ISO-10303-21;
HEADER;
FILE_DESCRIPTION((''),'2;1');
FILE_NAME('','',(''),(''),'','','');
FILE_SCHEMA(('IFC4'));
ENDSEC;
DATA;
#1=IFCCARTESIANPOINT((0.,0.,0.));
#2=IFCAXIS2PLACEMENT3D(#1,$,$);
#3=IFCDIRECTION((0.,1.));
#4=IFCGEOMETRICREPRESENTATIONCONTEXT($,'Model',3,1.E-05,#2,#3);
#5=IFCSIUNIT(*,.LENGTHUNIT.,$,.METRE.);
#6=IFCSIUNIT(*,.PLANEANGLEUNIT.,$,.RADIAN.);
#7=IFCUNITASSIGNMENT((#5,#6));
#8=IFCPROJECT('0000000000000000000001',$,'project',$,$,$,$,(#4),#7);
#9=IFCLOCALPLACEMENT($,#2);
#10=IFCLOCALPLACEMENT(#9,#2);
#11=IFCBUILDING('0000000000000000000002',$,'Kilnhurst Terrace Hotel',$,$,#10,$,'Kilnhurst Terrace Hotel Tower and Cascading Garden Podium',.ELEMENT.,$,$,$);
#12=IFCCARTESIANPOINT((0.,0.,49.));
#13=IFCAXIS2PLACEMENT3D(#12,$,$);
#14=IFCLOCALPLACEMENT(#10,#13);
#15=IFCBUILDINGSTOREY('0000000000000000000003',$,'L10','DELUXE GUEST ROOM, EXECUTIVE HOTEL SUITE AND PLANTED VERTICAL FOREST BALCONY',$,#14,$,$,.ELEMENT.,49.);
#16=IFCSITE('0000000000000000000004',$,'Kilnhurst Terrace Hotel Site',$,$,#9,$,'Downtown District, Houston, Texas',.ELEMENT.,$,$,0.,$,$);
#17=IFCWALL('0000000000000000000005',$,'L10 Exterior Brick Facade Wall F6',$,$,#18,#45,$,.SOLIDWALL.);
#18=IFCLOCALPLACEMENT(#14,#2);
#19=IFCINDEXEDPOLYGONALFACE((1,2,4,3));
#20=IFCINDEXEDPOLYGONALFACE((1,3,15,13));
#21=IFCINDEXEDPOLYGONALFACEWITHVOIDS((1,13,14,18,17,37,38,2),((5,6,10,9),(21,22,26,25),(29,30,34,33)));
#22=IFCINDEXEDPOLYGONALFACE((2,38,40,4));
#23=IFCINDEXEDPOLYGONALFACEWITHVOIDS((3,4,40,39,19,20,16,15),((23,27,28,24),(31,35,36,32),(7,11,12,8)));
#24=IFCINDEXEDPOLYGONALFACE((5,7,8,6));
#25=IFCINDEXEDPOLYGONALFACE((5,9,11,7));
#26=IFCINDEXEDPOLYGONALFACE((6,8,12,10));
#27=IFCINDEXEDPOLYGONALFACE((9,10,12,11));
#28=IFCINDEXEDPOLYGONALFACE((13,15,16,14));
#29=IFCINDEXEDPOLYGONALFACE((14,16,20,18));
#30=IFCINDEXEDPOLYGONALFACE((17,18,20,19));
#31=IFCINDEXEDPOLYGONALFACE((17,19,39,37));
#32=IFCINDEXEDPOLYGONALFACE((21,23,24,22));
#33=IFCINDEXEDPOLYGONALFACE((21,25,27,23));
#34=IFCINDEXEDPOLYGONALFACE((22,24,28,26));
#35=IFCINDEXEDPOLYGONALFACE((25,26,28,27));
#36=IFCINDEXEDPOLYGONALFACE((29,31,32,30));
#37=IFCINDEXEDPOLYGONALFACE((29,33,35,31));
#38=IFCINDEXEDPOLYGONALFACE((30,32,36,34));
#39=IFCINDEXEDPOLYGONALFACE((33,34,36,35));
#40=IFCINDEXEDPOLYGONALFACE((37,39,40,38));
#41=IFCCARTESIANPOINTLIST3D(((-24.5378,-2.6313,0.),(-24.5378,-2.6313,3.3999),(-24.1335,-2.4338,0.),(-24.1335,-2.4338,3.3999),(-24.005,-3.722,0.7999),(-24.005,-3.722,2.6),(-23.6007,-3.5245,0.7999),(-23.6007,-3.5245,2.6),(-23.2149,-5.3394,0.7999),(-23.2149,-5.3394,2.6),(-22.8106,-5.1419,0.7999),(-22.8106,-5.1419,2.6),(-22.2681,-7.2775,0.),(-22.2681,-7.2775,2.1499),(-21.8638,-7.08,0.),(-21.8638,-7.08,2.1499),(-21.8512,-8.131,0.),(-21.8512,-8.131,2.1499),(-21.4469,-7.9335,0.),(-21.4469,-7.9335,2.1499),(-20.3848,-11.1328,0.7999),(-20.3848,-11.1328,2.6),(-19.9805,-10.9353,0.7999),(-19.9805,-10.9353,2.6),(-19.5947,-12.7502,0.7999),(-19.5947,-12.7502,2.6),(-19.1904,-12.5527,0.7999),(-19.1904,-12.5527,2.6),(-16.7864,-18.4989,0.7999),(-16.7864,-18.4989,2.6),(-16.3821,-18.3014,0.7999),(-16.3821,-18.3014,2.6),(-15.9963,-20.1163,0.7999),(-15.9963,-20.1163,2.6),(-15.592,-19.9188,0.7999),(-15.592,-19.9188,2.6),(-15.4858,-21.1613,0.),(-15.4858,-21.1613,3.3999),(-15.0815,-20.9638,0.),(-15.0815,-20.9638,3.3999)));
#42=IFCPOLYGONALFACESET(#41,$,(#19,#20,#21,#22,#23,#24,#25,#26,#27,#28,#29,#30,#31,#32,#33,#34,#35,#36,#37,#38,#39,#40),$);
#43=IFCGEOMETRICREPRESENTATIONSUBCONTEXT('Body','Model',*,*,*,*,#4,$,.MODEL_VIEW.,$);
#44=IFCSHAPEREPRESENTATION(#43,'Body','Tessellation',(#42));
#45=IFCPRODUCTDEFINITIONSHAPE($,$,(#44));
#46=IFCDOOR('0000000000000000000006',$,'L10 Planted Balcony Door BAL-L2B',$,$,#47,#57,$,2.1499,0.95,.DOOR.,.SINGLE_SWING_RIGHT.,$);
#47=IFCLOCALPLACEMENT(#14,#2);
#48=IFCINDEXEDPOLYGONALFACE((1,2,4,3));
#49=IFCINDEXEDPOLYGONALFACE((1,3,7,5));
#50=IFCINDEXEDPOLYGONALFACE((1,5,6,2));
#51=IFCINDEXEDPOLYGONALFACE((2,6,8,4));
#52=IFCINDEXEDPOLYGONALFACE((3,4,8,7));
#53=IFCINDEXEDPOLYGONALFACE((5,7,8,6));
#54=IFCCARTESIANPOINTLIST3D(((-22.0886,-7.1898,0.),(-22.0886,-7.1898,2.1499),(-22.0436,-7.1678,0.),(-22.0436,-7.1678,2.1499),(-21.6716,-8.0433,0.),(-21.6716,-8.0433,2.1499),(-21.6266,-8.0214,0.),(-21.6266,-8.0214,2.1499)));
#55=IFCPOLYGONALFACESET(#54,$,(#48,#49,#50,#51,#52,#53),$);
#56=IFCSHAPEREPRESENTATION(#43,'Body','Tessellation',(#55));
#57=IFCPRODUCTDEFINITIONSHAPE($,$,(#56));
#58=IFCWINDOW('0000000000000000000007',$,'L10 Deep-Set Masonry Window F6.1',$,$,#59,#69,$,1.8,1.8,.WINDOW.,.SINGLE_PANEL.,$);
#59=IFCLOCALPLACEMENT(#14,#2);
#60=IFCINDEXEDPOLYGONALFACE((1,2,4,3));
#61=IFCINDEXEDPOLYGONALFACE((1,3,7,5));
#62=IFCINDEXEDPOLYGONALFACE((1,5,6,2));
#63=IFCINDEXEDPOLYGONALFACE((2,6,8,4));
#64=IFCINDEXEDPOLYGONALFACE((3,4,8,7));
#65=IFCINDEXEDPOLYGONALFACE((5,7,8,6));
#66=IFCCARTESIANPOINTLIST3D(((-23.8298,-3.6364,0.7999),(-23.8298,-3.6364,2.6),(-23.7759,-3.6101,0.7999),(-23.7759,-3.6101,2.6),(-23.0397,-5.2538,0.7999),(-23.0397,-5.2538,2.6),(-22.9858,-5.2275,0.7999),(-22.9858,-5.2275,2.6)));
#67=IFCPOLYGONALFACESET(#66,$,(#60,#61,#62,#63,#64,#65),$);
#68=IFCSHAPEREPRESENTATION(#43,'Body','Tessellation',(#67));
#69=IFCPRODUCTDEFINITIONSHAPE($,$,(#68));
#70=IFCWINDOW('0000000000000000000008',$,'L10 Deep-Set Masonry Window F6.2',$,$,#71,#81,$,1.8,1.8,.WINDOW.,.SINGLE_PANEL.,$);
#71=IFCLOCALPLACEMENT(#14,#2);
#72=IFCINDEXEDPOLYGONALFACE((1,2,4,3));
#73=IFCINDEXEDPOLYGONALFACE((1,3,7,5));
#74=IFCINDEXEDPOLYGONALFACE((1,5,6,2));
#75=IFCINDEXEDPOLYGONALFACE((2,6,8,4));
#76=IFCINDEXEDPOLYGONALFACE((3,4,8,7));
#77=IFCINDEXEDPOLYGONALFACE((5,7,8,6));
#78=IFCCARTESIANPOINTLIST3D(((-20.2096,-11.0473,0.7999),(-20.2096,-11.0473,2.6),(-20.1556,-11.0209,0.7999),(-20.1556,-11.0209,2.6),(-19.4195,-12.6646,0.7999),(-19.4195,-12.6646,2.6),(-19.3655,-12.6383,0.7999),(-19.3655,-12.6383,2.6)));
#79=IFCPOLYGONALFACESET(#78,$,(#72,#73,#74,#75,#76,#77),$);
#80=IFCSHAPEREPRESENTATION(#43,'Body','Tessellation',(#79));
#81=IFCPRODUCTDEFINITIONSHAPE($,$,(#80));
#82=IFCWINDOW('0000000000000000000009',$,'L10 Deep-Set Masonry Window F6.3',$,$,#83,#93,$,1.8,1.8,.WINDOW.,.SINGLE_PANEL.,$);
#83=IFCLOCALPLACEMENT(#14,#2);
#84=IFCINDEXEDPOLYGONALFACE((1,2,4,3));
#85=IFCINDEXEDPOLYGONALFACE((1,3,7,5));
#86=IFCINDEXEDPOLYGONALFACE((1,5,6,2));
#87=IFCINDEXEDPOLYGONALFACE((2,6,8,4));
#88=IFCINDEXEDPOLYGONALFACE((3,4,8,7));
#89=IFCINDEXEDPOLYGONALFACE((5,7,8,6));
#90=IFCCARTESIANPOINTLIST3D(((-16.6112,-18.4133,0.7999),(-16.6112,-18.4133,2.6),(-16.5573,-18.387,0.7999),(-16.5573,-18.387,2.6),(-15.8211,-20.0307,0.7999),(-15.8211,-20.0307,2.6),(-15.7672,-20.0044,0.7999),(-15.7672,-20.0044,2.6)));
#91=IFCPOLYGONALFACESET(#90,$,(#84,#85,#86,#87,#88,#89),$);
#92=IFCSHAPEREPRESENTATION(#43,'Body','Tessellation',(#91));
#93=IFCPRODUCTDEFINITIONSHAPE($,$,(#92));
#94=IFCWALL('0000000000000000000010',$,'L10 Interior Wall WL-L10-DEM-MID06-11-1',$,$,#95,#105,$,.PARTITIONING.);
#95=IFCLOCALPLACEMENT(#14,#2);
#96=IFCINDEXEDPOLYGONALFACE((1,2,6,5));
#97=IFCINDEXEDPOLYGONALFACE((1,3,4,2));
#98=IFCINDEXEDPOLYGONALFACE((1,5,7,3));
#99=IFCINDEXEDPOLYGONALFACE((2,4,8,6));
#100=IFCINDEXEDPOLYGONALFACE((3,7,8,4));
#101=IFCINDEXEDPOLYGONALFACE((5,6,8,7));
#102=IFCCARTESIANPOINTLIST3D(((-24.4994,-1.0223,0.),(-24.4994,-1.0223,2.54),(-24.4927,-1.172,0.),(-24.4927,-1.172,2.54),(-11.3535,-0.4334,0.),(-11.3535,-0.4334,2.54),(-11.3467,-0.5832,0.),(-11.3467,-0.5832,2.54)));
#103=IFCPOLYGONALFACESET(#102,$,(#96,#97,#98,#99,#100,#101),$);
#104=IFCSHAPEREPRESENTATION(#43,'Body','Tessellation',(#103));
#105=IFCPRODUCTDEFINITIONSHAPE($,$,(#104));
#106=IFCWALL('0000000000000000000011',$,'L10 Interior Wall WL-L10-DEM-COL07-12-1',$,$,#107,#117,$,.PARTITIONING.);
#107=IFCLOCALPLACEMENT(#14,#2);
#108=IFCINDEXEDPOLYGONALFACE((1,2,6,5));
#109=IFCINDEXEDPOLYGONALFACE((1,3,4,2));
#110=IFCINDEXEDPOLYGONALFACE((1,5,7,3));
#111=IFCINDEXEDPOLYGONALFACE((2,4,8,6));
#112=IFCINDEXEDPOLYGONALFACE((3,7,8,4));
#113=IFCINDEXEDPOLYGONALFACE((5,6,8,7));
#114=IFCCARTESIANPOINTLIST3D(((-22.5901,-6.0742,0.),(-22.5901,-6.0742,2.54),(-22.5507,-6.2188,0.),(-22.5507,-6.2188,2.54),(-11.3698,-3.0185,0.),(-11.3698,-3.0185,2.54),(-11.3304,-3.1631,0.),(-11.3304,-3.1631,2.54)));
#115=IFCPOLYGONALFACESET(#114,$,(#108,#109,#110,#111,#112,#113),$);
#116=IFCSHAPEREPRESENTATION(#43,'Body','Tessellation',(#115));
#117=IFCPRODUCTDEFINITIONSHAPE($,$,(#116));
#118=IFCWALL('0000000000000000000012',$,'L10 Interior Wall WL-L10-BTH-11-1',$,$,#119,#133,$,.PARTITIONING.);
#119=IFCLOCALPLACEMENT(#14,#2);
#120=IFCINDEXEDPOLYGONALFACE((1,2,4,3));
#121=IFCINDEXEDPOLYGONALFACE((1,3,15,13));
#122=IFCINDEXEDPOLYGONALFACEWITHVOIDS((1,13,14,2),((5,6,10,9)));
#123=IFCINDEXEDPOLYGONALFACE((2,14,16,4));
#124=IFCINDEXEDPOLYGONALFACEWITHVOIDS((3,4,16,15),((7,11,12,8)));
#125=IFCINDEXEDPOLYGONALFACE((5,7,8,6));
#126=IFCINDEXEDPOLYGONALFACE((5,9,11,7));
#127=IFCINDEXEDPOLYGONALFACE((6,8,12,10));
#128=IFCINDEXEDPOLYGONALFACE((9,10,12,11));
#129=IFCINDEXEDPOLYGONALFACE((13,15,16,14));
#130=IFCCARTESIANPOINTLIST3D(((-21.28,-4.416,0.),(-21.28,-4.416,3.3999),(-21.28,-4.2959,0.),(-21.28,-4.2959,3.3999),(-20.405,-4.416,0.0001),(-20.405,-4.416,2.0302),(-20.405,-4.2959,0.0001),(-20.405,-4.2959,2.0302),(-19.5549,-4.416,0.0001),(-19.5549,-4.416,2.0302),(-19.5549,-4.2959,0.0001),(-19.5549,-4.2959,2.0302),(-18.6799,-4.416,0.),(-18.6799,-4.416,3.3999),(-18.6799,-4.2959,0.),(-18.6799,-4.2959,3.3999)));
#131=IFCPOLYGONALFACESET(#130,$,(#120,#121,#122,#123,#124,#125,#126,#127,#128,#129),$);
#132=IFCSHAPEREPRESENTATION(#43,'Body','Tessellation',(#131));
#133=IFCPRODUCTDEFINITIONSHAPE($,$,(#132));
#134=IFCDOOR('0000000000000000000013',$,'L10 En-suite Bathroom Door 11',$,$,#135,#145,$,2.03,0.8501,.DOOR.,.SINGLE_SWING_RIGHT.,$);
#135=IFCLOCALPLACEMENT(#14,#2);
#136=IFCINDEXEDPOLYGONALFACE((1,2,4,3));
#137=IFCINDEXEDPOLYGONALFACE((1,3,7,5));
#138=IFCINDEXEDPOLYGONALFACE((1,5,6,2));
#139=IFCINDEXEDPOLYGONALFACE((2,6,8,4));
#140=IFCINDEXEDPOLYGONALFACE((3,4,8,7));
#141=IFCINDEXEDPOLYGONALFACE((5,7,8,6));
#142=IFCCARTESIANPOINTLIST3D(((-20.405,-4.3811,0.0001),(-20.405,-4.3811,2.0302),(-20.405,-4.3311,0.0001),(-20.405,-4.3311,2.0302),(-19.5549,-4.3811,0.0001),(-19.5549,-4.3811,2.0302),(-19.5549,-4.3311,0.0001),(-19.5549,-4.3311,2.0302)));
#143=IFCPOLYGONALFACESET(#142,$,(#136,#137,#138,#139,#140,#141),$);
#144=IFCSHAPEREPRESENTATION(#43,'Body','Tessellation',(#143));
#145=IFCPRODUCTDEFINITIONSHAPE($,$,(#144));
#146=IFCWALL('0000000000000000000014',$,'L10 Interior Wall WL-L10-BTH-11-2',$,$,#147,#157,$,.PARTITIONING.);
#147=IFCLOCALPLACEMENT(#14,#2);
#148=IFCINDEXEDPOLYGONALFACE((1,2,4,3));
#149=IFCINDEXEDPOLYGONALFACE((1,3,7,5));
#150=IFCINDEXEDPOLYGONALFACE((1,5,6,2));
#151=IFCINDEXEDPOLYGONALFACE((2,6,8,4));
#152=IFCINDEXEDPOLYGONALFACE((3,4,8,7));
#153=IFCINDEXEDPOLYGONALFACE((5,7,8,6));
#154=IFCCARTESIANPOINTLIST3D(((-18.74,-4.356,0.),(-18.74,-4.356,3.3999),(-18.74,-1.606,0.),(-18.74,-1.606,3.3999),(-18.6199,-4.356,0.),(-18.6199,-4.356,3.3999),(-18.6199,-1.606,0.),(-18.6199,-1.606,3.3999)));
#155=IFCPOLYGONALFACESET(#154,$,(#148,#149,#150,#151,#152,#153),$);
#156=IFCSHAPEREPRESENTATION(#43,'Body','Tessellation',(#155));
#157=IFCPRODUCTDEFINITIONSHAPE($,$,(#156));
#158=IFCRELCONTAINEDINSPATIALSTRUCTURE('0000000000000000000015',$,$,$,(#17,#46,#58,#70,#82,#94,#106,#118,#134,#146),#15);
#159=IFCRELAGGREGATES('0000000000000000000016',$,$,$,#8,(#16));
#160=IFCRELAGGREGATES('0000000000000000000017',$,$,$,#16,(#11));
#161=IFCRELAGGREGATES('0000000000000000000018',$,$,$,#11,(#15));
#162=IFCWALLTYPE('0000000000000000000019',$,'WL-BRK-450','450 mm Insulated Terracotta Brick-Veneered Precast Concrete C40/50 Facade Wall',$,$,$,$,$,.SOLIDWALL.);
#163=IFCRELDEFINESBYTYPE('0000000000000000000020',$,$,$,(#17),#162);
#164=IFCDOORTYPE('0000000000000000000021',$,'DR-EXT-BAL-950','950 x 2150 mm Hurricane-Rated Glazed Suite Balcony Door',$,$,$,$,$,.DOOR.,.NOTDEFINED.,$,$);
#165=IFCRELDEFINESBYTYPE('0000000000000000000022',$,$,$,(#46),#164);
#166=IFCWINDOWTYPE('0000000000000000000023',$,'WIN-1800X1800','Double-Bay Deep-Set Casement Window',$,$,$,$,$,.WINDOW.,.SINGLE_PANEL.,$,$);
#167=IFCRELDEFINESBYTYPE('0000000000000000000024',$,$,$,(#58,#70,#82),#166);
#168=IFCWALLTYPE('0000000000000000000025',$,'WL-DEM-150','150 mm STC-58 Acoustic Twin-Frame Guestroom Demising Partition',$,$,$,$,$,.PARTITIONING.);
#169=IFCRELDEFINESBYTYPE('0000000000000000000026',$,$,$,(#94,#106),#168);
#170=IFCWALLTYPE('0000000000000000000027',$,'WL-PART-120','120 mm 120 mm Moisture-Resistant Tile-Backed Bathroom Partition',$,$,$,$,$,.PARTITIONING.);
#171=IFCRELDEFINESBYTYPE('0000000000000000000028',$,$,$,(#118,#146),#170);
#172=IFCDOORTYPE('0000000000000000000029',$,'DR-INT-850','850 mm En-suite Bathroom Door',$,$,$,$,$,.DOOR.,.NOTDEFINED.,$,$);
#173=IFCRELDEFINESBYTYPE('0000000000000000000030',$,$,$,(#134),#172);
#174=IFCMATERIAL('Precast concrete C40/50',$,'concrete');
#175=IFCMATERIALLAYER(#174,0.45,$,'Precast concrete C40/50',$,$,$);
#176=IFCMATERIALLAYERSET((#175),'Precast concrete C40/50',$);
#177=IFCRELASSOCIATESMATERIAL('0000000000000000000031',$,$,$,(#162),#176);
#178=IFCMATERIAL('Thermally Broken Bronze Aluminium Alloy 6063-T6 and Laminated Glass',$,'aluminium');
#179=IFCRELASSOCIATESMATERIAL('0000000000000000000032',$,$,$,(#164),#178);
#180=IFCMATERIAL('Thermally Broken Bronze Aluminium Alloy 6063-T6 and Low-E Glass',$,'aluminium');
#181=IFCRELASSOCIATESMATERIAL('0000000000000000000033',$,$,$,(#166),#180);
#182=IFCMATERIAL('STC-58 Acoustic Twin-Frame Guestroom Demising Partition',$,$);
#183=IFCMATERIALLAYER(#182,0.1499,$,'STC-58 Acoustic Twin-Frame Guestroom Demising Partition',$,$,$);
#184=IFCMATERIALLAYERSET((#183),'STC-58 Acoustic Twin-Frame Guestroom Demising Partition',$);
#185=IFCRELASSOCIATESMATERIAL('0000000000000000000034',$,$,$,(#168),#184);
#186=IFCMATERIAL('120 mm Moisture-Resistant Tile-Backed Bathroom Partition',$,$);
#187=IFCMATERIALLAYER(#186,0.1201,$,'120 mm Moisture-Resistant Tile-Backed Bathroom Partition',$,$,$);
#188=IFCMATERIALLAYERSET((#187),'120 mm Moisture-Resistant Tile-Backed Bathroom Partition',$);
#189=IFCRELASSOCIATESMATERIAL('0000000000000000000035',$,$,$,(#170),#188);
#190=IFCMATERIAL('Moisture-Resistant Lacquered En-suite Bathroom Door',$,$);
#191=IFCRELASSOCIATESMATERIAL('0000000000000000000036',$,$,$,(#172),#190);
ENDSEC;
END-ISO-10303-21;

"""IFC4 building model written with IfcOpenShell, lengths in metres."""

from ifc_helpers import new_model, si_unit, direction, frame, frame_2d, origin, place, context, subcontext, project, spatial, rectangle, extrude, material, layer, layer_set, type_object, element, fill, save


model = new_model("IFC4")

# Units and contexts
model_context = context("Model", 3, precision=1e-05, world=origin(), true_north=direction((0.0, 1.0)))
body_context = subcontext(model_context, "Body", "Model", "MODEL_VIEW")
ifc_project = project(units=[si_unit("LENGTHUNIT", "METRE"), si_unit("PLANEANGLEUNIT", "RADIAN")], contexts=[model_context])

# Site, building, storey
site_placement = place(None, origin())
site = spatial("IfcSite", under=ifc_project, at=site_placement, Name="Kilnhurst Terrace Hotel Site", LongName="Downtown District, Houston, Texas", CompositionType="ELEMENT", RefElevation=0.0)
building_placement = place(site_placement, origin())
building = spatial("IfcBuilding", under=site, at=building_placement, Name="Kilnhurst Terrace Hotel", LongName="Kilnhurst Terrace Hotel Tower and Cascading Garden Podium", CompositionType="ELEMENT")
storey_placement = place(building_placement, frame((0.0, 0.0, 49.0)))
storey = spatial("IfcBuildingStorey", under=building, at=storey_placement, Name="L10", Description="DELUXE GUEST ROOM, EXECUTIVE HOTEL SUITE AND PLANTED VERTICAL FOREST BALCONY", CompositionType="ELEMENT", Elevation=49.0)

# Shared definitions
ifc_material_1 = material(Name="Precast concrete C40/50", Category="concrete")
ifc_layer_1 = layer(ifc_material_1, 0.45, Name="Precast concrete C40/50")
ifc_layer_set_1 = layer_set([ifc_layer_1], Name="Precast concrete C40/50")
wall_type_1 = type_object("IfcWallType", Name="WL-BRK-450", Description="450 mm Insulated Terracotta Brick-Veneered Precast Concrete C40/50 Facade Wall", PredefinedType="SOLIDWALL", material=ifc_layer_set_1)

# Wall, openings, door, windows
wall_1_placement = place(storey_placement, frame((-24.3357, -2.5325, 0.0), z_axis=(0.0, 0.0, 1.0), x_axis=(0.438931, -0.898521, 0.0)))
wall_1 = element("IfcWall", 1, at=wall_1_placement, inside=storey, type_object=wall_type_1, Name="L10 Exterior Brick Facade Wall F6", PredefinedType="SOLIDWALL", context=body_context, shape_type="SweptSolid", body=[
    extrude(rectangle(XDim=20.6228, YDim=0.45, at=frame_2d((10.3115, 0.0))), origin(), (0.0, 0.0, 1.0), 3.3999),
])
opening_1_placement = place(wall_1_placement, frame((5.1709, 0.0, 0.0)))
opening_1 = element("IfcOpeningElement", 2, at=opening_1_placement, cuts=wall_1, PredefinedType="OPENING", context=body_context, shape_type="SweptSolid", body=[
    extrude(rectangle(XDim=0.95, YDim=2.1499, at=frame_2d((0.4751, 1.075))), frame((0.0, 0.2349, 0.0), z_axis=(0.0, -1.0, 0.0), x_axis=(1.0, 0.0, 0.0)), (0.0, 0.0, 1.0), 0.47),
])
opening_2_placement = place(wall_1_placement, frame((1.2141, 0.0, 0.8)))
opening_2 = element("IfcOpeningElement", 3, at=opening_2_placement, cuts=wall_1, PredefinedType="OPENING", context=body_context, shape_type="SweptSolid", body=[
    extrude(rectangle(XDim=1.8, YDim=1.8, at=frame_2d((0.8999, 0.8999))), frame((0.0, 0.2349, 0.0), z_axis=(0.0, -1.0, 0.0), x_axis=(1.0, 0.0, 0.0)), (0.0, 0.0, 1.0), 0.47),
])
opening_3_placement = place(wall_1_placement, frame((9.4619, 0.0, 0.8)))
opening_3 = element("IfcOpeningElement", 4, at=opening_3_placement, cuts=wall_1, PredefinedType="OPENING", context=body_context, shape_type="SweptSolid", body=[
    extrude(rectangle(XDim=1.8, YDim=1.8, at=frame_2d((0.8999, 0.8999))), frame((0.0, 0.2349, 0.0), z_axis=(0.0, -1.0, 0.0), x_axis=(1.0, 0.0, 0.0)), (0.0, 0.0, 1.0), 0.47),
])
opening_4_placement = place(wall_1_placement, frame((17.6599, 0.0, 0.8)))
opening_4 = element("IfcOpeningElement", 5, at=opening_4_placement, cuts=wall_1, PredefinedType="OPENING", context=body_context, shape_type="SweptSolid", body=[
    extrude(rectangle(XDim=1.8, YDim=1.8, at=frame_2d((0.8999, 0.8999))), frame((0.0, 0.2349, 0.0), z_axis=(0.0, -1.0, 0.0), x_axis=(1.0, 0.0, 0.0)), (0.0, 0.0, 1.0), 0.47),
])
ifc_material_2 = material(Name="Thermally Broken Bronze Aluminium Alloy 6063-T6 and Laminated Glass", Category="aluminium")
door_type_1 = type_object("IfcDoorType", Name="DR-EXT-BAL-950", Description="950 x 2150 mm Hurricane-Rated Glazed Suite Balcony Door", OperationType="NOTDEFINED", PredefinedType="DOOR", material=ifc_material_2)
door_1_placement = place(opening_1_placement, origin())
door_1 = element("IfcDoor", 6, at=door_1_placement, inside=storey, type_object=door_type_1, Name="L10 Planted Balcony Door BAL-L2B", OperationType="SINGLE_SWING_RIGHT", OverallHeight=2.1499, OverallWidth=0.95, PredefinedType="DOOR", context=body_context, shape_type="SweptSolid", body=[
    extrude(rectangle(XDim=0.95, YDim=2.1499, at=frame_2d((0.4751, 1.075))), frame((0.0, 0.0249, 0.0), z_axis=(0.0, -1.0, 0.0), x_axis=(1.0, 0.0, 0.0)), (0.0, 0.0, 1.0), 0.05),
])
fill(opening_1, door_1)
ifc_material_3 = material(Name="Thermally Broken Bronze Aluminium Alloy 6063-T6 and Low-E Glass", Category="aluminium")
window_type = type_object("IfcWindowType", Name="WIN-1800X1800", Description="Double-Bay Deep-Set Casement Window", PartitioningType="SINGLE_PANEL", PredefinedType="WINDOW", material=ifc_material_3)
window_1_placement = place(opening_2_placement, origin())
window_1 = element("IfcWindow", 7, at=window_1_placement, inside=storey, type_object=window_type, Name="L10 Deep-Set Masonry Window F6.1", OverallHeight=1.8, OverallWidth=1.8, PartitioningType="SINGLE_PANEL", PredefinedType="WINDOW", context=body_context, shape_type="SweptSolid", body=[
    extrude(rectangle(XDim=1.8, YDim=1.8, at=frame_2d((0.8999, 0.8999))), frame((0.0, 0.03, 0.0), z_axis=(0.0, -1.0, 0.0), x_axis=(1.0, 0.0, 0.0)), (0.0, 0.0, 1.0), 0.0601),
])
fill(opening_2, window_1)
window_2_placement = place(opening_3_placement, origin())
window_2 = element("IfcWindow", 8, at=window_2_placement, inside=storey, type_object=window_type, Name="L10 Deep-Set Masonry Window F6.2", OverallHeight=1.8, OverallWidth=1.8, PartitioningType="SINGLE_PANEL", PredefinedType="WINDOW", context=body_context, shape_type="SweptSolid", body=[
    extrude(rectangle(XDim=1.8, YDim=1.8, at=frame_2d((0.8999, 0.8999))), frame((0.0, 0.03, 0.0), z_axis=(0.0, -1.0, 0.0), x_axis=(1.0, 0.0, 0.0)), (0.0, 0.0, 1.0), 0.0601),
])
fill(opening_3, window_2)
window_3_placement = place(opening_4_placement, origin())
window_3 = element("IfcWindow", 9, at=window_3_placement, inside=storey, type_object=window_type, Name="L10 Deep-Set Masonry Window F6.3", OverallHeight=1.8, OverallWidth=1.8, PartitioningType="SINGLE_PANEL", PredefinedType="WINDOW", context=body_context, shape_type="SweptSolid", body=[
    extrude(rectangle(XDim=1.8, YDim=1.8, at=frame_2d((0.8999, 0.8999))), frame((0.0, 0.03, 0.0), z_axis=(0.0, -1.0, 0.0), x_axis=(1.0, 0.0, 0.0)), (0.0, 0.0, 1.0), 0.0601),
])
fill(opening_4, window_3)

# Walls
ifc_material_4 = material(Name="STC-58 Acoustic Twin-Frame Guestroom Demising Partition")
ifc_layer_2 = layer(ifc_material_4, 0.1499, Name="STC-58 Acoustic Twin-Frame Guestroom Demising Partition")
ifc_layer_set_2 = layer_set([ifc_layer_2], Name="STC-58 Acoustic Twin-Frame Guestroom Demising Partition")
wall_type_2 = type_object("IfcWallType", Name="WL-DEM-150", Description="150 mm STC-58 Acoustic Twin-Frame Guestroom Demising Partition", PredefinedType="PARTITIONING", material=ifc_layer_set_2)
wall_2_placement = place(storey_placement, frame((-11.3501, -0.5083, 0.0), z_axis=(0.0, 0.0, 1.0), x_axis=(-0.998998, -0.04475, 0.0)))
element("IfcWall", 10, at=wall_2_placement, inside=storey, type_object=wall_type_2, Name="L10 Interior Wall WL-L10-DEM-MID06-11-1", PredefinedType="PARTITIONING", context=body_context, shape_type="SweptSolid", body=[
    extrude(rectangle(XDim=13.1592, YDim=0.1499, at=frame_2d((6.5796, 0.0))), origin(), (0.0, 0.0, 1.0), 2.54),
])
wall_3_placement = place(storey_placement, frame((-11.3501, -3.0908, 0.0), z_axis=(0.0, 0.0, 1.0), x_axis=(-0.96486, -0.262766, 0.0)))
element("IfcWall", 11, at=wall_3_placement, inside=storey, type_object=wall_type_2, Name="L10 Interior Wall WL-L10-DEM-COL07-12-1", PredefinedType="PARTITIONING", context=body_context, shape_type="SweptSolid", body=[
    extrude(rectangle(XDim=11.6289, YDim=0.1499, at=frame_2d((5.8145, 0.0))), origin(), (0.0, 0.0, 1.0), 2.54),
])

# Wall, opening, door
ifc_material_5 = material(Name="120 mm Moisture-Resistant Tile-Backed Bathroom Partition")
ifc_layer_3 = layer(ifc_material_5, 0.1201, Name="120 mm Moisture-Resistant Tile-Backed Bathroom Partition")
ifc_layer_set_3 = layer_set([ifc_layer_3], Name="120 mm Moisture-Resistant Tile-Backed Bathroom Partition")
wall_type_3 = type_object("IfcWallType", Name="WL-PART-120", Description="120 mm 120 mm Moisture-Resistant Tile-Backed Bathroom Partition", PredefinedType="PARTITIONING", material=ifc_layer_set_3)
wall_4_placement = place(storey_placement, frame((-21.28, -4.356, 0.0), z_axis=(0.0, 0.0, 1.0), x_axis=(1.0, 0.0, 0.0)))
wall_4 = element("IfcWall", 12, at=wall_4_placement, inside=storey, type_object=wall_type_3, Name="L10 Interior Wall WL-L10-BTH-11-1", PredefinedType="PARTITIONING", context=body_context, shape_type="SweptSolid", body=[
    extrude(rectangle(XDim=2.6001, YDim=0.1201, at=frame_2d((1.3, 0.0))), origin(), (0.0, 0.0, 1.0), 3.3999),
])
opening_5_placement = place(wall_4_placement, frame((0.875, 0.0, 0.0)))
opening_5 = element("IfcOpeningElement", 13, at=opening_5_placement, cuts=wall_4, PredefinedType="OPENING", context=body_context, shape_type="SweptSolid", body=[
    extrude(rectangle(XDim=0.8501, YDim=2.03, at=frame_2d((0.425, 1.0151))), frame((0.0, 0.0701, 0.0), z_axis=(0.0, -1.0, 0.0), x_axis=(1.0, 0.0, 0.0)), (0.0, 0.0, 1.0), 0.1401),
])
ifc_material_6 = material(Name="Moisture-Resistant Lacquered En-suite Bathroom Door")
door_type_2 = type_object("IfcDoorType", Name="DR-INT-850", Description="850 mm En-suite Bathroom Door", OperationType="NOTDEFINED", PredefinedType="DOOR", material=ifc_material_6)
door_2_placement = place(opening_5_placement, origin())
door_2 = element("IfcDoor", 14, at=door_2_placement, inside=storey, type_object=door_type_2, Name="L10 En-suite Bathroom Door 11", OperationType="SINGLE_SWING_RIGHT", OverallHeight=2.03, OverallWidth=0.8501, PredefinedType="DOOR", context=body_context, shape_type="SweptSolid", body=[
    extrude(rectangle(XDim=0.8501, YDim=2.03, at=frame_2d((0.425, 1.0151))), frame((0.0, 0.0249, 0.0), z_axis=(0.0, -1.0, 0.0), x_axis=(1.0, 0.0, 0.0)), (0.0, 0.0, 1.0), 0.05),
])
fill(opening_5, door_2)

# Wall
wall_5_placement = place(storey_placement, frame((-18.6799, -4.356, 0.0), z_axis=(0.0, 0.0, 1.0), x_axis=(0.0, 1.0, 0.0)))
element("IfcWall", 15, at=wall_5_placement, inside=storey, type_object=wall_type_3, Name="L10 Interior Wall WL-L10-BTH-11-2", PredefinedType="PARTITIONING", context=body_context, shape_type="SweptSolid", body=[
    extrude(rectangle(XDim=2.75, YDim=0.1201, at=frame_2d((1.375, 0.0))), origin(), (0.0, 0.0, 1.0), 3.3999),
])

save(model, "model.ifc")
